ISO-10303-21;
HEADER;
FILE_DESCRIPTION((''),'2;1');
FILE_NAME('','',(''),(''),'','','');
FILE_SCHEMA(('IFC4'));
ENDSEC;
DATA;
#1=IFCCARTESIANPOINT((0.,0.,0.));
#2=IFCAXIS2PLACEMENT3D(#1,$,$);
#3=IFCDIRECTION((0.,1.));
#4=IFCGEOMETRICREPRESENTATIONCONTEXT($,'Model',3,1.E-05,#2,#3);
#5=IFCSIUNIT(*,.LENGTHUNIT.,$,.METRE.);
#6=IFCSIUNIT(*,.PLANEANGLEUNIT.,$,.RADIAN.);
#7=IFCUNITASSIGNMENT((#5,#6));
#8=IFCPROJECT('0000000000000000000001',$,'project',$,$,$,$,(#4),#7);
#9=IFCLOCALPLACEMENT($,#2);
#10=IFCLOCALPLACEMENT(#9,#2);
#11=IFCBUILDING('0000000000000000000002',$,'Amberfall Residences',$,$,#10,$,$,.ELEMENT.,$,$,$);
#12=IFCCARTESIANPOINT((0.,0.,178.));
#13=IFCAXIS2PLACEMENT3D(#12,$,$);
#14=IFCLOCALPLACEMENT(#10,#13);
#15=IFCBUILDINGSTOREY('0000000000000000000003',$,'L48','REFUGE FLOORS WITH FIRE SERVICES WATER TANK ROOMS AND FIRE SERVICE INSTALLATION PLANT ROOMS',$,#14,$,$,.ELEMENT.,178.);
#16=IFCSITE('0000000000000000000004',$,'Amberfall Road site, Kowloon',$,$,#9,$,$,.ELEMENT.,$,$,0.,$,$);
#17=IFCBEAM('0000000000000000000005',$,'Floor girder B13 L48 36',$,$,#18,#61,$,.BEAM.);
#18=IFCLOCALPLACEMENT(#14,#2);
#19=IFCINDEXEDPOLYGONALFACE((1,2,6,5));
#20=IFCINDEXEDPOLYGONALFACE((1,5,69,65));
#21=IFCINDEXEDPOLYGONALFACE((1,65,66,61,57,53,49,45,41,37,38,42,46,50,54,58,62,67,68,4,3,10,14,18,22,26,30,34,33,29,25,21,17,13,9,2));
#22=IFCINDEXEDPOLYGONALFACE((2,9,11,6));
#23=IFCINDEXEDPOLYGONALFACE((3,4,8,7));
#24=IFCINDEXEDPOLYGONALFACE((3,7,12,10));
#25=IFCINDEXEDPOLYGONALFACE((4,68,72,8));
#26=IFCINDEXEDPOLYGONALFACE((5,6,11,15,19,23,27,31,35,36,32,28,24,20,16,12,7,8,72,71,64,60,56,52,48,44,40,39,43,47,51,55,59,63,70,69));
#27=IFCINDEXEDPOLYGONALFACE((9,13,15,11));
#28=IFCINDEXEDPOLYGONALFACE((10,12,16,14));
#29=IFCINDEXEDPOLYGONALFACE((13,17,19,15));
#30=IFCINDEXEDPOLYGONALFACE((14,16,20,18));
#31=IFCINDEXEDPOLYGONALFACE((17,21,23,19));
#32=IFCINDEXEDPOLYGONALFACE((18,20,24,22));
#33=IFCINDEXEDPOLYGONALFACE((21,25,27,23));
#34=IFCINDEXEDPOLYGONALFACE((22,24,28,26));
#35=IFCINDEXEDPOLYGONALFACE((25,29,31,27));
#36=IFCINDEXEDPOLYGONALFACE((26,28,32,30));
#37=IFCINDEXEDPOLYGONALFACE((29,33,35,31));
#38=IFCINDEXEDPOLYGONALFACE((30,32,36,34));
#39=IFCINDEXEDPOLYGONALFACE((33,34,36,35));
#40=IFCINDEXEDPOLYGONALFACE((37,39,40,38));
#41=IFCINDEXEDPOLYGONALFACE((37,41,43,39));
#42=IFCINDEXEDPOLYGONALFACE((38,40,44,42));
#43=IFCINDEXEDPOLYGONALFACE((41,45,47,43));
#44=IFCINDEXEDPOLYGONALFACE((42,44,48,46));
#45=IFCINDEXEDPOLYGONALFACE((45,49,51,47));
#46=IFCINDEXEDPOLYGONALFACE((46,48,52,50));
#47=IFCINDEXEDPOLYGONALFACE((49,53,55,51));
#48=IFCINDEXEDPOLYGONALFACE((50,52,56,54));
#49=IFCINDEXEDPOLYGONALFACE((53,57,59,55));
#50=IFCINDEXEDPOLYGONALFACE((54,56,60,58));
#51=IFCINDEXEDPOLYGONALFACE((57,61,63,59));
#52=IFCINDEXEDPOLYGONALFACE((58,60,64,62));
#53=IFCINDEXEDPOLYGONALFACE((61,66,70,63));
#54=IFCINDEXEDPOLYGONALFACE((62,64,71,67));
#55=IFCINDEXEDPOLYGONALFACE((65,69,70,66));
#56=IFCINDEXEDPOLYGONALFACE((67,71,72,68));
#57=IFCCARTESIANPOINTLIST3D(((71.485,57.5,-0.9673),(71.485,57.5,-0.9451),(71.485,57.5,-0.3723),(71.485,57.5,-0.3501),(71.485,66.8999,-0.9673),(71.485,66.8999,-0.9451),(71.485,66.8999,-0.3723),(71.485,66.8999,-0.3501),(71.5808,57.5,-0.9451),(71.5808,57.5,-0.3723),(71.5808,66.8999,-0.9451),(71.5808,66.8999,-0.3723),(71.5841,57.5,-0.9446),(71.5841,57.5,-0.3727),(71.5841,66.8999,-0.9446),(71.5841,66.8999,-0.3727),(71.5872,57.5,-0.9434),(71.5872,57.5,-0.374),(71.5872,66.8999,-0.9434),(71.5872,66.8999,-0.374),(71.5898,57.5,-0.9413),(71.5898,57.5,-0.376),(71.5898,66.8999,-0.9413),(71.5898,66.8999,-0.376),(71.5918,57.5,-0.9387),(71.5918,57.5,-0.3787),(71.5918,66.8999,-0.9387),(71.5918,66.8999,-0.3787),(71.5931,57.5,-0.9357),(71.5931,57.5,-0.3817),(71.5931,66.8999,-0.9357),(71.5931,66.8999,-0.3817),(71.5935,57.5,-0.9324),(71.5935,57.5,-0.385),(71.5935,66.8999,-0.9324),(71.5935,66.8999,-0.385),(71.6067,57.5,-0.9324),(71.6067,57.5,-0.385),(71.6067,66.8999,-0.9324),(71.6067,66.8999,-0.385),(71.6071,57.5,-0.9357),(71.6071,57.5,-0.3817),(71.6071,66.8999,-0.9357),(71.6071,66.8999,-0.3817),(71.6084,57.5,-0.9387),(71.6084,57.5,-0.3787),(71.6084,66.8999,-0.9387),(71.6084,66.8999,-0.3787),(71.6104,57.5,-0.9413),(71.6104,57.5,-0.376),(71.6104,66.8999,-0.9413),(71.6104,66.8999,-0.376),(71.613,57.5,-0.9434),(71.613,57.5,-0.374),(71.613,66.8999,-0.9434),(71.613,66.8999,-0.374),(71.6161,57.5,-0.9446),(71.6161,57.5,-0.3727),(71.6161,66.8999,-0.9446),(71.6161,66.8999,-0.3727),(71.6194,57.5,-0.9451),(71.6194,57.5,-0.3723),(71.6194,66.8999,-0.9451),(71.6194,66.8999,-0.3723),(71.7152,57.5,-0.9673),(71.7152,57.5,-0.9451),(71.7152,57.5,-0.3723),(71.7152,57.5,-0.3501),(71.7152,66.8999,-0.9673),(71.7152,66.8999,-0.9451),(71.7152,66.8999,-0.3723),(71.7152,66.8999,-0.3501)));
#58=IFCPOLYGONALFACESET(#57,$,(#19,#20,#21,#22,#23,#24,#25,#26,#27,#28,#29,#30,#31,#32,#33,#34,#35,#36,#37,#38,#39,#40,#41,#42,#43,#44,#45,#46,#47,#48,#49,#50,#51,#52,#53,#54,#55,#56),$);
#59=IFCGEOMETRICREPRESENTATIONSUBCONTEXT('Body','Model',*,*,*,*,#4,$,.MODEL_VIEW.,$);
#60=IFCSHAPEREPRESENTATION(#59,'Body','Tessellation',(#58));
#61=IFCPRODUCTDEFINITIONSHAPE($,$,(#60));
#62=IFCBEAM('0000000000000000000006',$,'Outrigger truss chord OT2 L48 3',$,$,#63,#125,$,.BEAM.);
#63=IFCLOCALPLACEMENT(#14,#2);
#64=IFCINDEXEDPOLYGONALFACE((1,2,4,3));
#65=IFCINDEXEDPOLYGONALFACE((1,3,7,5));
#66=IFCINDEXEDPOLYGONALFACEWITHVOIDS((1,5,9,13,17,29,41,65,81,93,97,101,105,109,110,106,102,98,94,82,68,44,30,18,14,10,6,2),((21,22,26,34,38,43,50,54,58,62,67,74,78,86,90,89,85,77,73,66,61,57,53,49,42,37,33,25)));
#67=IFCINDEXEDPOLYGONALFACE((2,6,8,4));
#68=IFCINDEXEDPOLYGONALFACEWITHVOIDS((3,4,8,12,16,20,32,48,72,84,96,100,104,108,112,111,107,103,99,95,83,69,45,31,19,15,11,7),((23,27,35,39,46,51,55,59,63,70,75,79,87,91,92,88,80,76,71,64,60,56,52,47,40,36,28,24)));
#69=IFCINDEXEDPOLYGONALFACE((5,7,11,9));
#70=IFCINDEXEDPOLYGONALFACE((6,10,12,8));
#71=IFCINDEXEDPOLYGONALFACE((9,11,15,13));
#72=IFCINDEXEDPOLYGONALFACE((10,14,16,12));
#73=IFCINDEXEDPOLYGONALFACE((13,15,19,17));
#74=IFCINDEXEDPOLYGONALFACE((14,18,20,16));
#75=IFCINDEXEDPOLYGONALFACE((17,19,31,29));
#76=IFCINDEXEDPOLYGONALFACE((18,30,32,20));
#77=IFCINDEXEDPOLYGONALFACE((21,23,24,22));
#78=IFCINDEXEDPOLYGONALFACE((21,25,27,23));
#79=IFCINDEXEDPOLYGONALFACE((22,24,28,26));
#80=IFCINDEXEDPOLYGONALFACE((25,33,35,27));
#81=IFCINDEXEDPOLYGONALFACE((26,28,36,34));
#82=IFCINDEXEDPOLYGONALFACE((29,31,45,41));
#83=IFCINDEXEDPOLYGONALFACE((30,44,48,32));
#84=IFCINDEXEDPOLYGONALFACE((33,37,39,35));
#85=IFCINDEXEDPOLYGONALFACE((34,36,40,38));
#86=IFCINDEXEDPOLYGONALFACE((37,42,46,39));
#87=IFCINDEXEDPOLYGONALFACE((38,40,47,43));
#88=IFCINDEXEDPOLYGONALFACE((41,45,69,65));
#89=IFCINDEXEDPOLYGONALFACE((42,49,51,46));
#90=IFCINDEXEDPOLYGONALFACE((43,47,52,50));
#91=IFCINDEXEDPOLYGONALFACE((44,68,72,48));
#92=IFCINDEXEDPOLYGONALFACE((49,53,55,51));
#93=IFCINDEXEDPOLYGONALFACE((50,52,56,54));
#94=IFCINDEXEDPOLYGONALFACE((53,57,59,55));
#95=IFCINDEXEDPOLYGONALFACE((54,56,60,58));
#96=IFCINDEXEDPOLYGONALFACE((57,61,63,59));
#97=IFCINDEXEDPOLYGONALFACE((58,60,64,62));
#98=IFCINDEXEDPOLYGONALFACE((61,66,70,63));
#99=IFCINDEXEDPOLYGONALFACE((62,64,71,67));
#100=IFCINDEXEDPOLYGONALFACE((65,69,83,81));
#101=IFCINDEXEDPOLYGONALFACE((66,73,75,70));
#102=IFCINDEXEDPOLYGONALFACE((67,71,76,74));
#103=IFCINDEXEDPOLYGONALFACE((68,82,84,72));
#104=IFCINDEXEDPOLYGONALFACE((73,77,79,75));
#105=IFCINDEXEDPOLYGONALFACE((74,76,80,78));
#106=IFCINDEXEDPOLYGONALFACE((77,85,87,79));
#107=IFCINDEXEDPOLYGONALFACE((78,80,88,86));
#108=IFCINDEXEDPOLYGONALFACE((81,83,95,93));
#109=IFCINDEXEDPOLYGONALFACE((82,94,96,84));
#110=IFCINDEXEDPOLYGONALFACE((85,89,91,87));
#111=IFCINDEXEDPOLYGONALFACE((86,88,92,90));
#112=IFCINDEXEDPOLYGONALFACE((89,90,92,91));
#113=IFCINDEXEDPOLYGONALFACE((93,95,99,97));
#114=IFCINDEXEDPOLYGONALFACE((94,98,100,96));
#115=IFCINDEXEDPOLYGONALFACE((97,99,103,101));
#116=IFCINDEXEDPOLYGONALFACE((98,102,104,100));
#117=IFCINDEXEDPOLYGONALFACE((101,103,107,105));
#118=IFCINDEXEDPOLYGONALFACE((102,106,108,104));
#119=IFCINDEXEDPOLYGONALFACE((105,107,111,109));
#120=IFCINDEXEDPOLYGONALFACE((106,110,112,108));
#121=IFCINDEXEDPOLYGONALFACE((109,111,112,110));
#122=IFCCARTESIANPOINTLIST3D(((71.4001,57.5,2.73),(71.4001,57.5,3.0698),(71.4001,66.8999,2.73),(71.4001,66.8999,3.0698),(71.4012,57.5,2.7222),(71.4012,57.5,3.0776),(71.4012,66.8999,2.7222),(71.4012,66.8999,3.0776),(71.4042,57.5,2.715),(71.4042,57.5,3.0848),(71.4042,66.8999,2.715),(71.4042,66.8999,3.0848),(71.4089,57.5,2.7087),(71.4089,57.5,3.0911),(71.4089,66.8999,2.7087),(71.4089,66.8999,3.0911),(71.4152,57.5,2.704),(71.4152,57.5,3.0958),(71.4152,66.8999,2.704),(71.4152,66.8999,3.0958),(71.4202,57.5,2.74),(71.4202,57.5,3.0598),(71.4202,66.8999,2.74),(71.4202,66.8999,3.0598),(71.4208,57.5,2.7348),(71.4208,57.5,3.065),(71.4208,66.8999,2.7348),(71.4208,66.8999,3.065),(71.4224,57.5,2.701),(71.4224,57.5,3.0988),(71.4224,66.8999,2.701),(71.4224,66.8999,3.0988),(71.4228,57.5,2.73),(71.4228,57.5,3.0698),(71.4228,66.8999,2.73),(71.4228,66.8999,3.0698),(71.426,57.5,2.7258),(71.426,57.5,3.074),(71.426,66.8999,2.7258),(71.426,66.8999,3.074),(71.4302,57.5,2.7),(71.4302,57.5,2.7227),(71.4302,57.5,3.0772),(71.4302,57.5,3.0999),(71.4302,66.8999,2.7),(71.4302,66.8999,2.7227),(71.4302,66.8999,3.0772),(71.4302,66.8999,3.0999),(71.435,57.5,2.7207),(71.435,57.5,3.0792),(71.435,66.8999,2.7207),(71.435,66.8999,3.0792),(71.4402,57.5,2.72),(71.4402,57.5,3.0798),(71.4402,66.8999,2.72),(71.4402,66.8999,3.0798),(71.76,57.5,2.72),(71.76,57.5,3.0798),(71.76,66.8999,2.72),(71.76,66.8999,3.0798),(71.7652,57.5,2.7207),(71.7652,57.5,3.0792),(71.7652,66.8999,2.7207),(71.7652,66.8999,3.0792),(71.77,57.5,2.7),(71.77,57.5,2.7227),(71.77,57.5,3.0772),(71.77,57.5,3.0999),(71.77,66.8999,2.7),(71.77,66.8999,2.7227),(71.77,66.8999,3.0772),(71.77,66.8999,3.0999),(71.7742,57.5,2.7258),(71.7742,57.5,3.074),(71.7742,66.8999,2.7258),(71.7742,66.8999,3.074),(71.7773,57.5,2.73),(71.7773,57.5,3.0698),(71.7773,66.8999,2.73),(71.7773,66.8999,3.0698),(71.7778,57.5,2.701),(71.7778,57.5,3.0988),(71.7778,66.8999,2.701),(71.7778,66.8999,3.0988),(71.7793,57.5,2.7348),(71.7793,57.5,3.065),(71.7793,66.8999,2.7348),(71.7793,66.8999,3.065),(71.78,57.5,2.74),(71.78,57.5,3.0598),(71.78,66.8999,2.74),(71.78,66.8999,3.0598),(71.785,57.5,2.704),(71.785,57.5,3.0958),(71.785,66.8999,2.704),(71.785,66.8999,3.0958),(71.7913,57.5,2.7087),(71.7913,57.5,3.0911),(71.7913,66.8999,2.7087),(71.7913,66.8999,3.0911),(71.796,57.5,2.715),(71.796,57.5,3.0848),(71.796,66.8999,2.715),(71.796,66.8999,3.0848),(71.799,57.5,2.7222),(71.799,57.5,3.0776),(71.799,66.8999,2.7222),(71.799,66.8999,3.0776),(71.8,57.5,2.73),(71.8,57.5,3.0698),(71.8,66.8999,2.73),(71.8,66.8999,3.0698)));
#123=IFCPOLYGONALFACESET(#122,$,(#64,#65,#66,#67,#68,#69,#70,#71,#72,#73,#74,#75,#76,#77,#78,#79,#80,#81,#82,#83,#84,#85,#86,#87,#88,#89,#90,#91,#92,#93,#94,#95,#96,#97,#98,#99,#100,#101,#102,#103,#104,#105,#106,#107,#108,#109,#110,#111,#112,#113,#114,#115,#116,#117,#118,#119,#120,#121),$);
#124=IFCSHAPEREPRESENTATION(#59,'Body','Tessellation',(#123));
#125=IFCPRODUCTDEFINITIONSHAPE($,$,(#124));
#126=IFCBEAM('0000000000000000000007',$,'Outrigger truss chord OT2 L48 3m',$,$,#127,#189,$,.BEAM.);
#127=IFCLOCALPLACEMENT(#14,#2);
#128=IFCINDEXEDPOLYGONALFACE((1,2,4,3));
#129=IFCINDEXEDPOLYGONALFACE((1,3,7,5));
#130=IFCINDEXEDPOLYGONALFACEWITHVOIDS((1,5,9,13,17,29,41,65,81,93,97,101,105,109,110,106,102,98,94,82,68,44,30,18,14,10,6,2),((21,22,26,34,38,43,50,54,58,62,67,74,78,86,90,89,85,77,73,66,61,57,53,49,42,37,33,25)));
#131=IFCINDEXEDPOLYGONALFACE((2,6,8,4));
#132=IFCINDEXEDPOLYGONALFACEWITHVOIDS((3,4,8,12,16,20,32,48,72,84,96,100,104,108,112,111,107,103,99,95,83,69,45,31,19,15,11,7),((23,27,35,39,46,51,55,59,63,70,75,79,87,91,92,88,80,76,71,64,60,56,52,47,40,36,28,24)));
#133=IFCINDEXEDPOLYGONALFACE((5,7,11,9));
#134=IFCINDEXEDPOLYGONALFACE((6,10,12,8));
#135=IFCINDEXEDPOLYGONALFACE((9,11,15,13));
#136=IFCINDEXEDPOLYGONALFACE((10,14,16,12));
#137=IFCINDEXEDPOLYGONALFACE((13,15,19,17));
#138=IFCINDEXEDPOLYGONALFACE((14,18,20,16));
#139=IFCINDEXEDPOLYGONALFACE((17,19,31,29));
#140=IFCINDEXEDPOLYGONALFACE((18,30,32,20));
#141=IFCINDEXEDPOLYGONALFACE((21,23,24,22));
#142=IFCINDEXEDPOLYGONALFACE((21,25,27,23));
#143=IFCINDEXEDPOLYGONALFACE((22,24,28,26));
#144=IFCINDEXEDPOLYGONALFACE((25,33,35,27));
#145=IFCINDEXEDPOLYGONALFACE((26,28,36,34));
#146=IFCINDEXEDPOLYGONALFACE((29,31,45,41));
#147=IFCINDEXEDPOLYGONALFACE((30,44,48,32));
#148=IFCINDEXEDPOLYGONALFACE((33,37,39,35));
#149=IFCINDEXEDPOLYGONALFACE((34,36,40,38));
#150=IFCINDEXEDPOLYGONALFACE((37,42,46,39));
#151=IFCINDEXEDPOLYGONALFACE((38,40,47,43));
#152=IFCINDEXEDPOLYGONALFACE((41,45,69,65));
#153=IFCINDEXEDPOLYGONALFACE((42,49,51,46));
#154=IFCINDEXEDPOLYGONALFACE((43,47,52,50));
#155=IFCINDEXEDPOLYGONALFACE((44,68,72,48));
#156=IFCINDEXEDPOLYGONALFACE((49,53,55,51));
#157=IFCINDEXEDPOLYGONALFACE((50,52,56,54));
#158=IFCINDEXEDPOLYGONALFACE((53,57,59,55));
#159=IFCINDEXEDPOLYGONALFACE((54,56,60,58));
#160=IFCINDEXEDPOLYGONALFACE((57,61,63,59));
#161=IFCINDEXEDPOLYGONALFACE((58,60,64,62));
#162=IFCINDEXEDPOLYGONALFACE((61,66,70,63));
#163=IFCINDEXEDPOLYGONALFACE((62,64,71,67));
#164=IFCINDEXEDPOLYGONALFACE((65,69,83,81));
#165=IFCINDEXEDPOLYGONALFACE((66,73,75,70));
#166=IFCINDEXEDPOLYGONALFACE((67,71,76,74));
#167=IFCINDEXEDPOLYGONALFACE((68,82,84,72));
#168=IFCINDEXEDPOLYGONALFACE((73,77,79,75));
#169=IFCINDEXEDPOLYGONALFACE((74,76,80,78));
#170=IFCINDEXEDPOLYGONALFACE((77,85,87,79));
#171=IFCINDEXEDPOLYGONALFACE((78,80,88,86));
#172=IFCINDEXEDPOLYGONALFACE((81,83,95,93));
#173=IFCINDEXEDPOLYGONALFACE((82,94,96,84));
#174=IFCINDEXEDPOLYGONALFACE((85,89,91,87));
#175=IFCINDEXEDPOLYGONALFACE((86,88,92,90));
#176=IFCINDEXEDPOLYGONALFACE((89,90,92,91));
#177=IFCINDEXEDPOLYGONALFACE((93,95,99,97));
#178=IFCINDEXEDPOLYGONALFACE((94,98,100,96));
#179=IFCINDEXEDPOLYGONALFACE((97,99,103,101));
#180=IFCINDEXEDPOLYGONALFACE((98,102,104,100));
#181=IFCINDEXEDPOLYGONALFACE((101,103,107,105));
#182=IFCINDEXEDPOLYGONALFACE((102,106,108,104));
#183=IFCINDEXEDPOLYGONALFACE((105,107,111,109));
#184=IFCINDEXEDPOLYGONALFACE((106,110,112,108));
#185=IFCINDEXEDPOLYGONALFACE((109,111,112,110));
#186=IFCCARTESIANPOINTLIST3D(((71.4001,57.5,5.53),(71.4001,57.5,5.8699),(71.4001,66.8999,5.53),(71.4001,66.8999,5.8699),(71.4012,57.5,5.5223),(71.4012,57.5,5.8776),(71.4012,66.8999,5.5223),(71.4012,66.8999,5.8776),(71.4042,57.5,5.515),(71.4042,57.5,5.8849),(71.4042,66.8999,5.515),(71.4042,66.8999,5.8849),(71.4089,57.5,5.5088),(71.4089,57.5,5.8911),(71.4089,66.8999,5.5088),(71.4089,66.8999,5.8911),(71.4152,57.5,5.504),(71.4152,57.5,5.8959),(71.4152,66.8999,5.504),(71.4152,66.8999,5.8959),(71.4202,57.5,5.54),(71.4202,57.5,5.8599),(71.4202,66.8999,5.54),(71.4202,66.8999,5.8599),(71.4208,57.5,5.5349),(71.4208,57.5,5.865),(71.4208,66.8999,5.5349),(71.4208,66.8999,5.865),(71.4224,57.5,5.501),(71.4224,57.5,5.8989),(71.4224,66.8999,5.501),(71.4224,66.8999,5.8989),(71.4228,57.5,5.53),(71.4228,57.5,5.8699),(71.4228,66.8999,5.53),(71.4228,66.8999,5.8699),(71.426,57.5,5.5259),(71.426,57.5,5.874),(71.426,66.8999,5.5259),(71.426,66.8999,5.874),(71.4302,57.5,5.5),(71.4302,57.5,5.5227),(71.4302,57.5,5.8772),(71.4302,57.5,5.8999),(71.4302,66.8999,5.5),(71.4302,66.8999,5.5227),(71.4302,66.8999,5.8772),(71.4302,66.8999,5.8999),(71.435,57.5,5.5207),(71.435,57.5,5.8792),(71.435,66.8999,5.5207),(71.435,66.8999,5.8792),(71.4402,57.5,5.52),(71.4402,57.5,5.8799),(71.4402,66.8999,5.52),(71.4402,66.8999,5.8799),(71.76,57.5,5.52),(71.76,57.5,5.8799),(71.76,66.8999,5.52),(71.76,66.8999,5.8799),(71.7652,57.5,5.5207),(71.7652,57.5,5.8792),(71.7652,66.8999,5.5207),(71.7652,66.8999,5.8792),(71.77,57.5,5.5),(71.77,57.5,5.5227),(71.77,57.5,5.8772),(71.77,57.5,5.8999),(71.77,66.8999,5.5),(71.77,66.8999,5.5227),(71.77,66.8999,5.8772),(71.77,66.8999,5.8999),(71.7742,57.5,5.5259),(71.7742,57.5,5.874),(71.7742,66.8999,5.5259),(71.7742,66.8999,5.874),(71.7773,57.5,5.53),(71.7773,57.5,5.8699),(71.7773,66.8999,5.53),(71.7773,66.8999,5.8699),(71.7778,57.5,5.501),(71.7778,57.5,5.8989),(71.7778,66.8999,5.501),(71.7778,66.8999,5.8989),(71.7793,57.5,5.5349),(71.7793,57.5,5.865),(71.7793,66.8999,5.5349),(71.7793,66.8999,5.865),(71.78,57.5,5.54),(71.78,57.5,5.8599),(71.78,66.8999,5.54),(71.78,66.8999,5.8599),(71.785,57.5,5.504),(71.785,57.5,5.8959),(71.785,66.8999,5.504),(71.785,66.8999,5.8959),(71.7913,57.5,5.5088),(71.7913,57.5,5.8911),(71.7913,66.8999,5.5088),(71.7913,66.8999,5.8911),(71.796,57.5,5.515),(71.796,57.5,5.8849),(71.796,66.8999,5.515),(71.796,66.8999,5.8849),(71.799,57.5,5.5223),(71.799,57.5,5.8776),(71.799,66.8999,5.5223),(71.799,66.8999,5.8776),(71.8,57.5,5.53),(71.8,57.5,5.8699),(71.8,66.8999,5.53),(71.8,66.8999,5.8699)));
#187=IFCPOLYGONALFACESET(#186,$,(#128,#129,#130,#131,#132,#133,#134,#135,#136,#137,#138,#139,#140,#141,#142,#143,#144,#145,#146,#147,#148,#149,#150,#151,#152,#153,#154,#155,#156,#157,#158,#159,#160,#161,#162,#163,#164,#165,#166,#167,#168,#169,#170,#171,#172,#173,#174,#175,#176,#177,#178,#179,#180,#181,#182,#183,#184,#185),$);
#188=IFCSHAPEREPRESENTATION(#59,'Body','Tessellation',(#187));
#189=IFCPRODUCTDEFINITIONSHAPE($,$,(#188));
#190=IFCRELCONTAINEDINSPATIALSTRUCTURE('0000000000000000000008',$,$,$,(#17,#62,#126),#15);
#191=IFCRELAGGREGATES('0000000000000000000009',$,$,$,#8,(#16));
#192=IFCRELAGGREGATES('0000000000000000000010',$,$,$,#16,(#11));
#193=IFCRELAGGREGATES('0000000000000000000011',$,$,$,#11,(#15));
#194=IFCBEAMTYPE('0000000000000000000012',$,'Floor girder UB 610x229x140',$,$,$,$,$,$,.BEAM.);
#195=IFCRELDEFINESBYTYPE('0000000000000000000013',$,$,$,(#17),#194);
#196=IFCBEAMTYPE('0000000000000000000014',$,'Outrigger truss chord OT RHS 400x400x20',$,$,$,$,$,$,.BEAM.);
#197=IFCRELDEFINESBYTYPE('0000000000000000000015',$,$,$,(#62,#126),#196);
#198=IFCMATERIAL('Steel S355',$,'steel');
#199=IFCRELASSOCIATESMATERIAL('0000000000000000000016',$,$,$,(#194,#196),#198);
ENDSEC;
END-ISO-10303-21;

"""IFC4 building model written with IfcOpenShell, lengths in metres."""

from ifc_helpers import new_model, si_unit, direction, frame, origin, origin_2d, place, context, subcontext, project, spatial, hollow_rectangle, i_section, extrude, material, material_profile, profile_set, type_object, element, save


model = new_model("IFC4")

# Units and contexts
model_context = context("Model", 3, precision=1e-05, world=origin(), true_north=direction((0.0, 1.0)))
body_context = subcontext(model_context, "Body", "Model", "MODEL_VIEW")
ifc_project = project(units=[si_unit("LENGTHUNIT", "METRE"), si_unit("PLANEANGLEUNIT", "RADIAN")], contexts=[model_context])

# Site, building, storey
site_placement = place(None, origin())
site = spatial("IfcSite", under=ifc_project, at=site_placement, Name="Amberfall Road site, Kowloon", CompositionType="ELEMENT", RefElevation=0.0)
building_placement = place(site_placement, origin())
building = spatial("IfcBuilding", under=site, at=building_placement, Name="Amberfall Residences", CompositionType="ELEMENT")
storey_placement = place(building_placement, frame((0.0, 0.0, 178.0)))
storey = spatial("IfcBuildingStorey", under=building, at=storey_placement, Name="L48", Description="REFUGE FLOORS WITH FIRE SERVICES WATER TANK ROOMS AND FIRE SERVICE INSTALLATION PLANT ROOMS", CompositionType="ELEMENT", Elevation=178.0)

# Shared definitions
ifc_material_1 = material(Name="Steel S355", Category="steel")

# Beams
ifc_material_profile_1 = material_profile(ifc_material_1, i_section(OverallWidth=0.2302, OverallDepth=0.6172, WebThickness=0.0132, FlangeThickness=0.0222, FilletRadius=0.0127, at=origin_2d()), Name="UB 610x229x140")
ifc_profile_set_1 = profile_set([ifc_material_profile_1], Name="Steel S355")
beam_type_1 = type_object("IfcBeamType", Name="Floor girder UB 610x229x140", PredefinedType="BEAM", material=ifc_profile_set_1)
beam_1_placement = place(storey_placement, frame((71.6001, 66.8999, -0.6587), z_axis=(0.0, -1.0, 0.0), x_axis=(1.0, 0.0, 0.0)))
element("IfcBeam", 1, at=beam_1_placement, inside=storey, type_object=beam_type_1, Name="Floor girder B13 L48 36", PredefinedType="BEAM", context=body_context, shape_type="SweptSolid", body=[
    extrude(i_section(OverallWidth=0.2302, OverallDepth=0.6172, WebThickness=0.0132, FlangeThickness=0.0222, FilletRadius=0.0127, at=origin_2d()), origin(), (0.0, 0.0, 1.0), 9.3999),
])
ifc_material_profile_2 = material_profile(ifc_material_1, hollow_rectangle(XDim=0.3999, YDim=0.3999, WallThickness=0.02, InnerFilletRadius=0.02, OuterFilletRadius=0.03, at=origin_2d()), Name="RHS 400x400x20")
ifc_profile_set_2 = profile_set([ifc_material_profile_2], Name="Steel S355")
beam_type_2 = type_object("IfcBeamType", Name="Outrigger truss chord OT RHS 400x400x20", PredefinedType="BEAM", material=ifc_profile_set_2)
for number, where, z_axis, x_axis, name in (
    (2, (71.6001, 66.8999, 2.8999), (0.0, -1.0, 0.0), (1.0, 0.0, 0.0), "Outrigger truss chord OT2 L48 3"),
    (3, (71.6001, 66.8999, 5.7), (0.0, -1.0, 0.0), (1.0, 0.0, 0.0), "Outrigger truss chord OT2 L48 3m"),
):
    element("IfcBeam", number, at=place(storey_placement, frame(where, z_axis=z_axis, x_axis=x_axis)), inside=storey, type_object=beam_type_2, Name=name, PredefinedType="BEAM", context=body_context, shape_type="SweptSolid", body=[
        extrude(hollow_rectangle(XDim=0.3999, YDim=0.3999, WallThickness=0.02, InnerFilletRadius=0.02, OuterFilletRadius=0.03, at=origin_2d()), origin(), (0.0, 0.0, 1.0), 9.3999),
    ])

save(model, "model.ifc")
